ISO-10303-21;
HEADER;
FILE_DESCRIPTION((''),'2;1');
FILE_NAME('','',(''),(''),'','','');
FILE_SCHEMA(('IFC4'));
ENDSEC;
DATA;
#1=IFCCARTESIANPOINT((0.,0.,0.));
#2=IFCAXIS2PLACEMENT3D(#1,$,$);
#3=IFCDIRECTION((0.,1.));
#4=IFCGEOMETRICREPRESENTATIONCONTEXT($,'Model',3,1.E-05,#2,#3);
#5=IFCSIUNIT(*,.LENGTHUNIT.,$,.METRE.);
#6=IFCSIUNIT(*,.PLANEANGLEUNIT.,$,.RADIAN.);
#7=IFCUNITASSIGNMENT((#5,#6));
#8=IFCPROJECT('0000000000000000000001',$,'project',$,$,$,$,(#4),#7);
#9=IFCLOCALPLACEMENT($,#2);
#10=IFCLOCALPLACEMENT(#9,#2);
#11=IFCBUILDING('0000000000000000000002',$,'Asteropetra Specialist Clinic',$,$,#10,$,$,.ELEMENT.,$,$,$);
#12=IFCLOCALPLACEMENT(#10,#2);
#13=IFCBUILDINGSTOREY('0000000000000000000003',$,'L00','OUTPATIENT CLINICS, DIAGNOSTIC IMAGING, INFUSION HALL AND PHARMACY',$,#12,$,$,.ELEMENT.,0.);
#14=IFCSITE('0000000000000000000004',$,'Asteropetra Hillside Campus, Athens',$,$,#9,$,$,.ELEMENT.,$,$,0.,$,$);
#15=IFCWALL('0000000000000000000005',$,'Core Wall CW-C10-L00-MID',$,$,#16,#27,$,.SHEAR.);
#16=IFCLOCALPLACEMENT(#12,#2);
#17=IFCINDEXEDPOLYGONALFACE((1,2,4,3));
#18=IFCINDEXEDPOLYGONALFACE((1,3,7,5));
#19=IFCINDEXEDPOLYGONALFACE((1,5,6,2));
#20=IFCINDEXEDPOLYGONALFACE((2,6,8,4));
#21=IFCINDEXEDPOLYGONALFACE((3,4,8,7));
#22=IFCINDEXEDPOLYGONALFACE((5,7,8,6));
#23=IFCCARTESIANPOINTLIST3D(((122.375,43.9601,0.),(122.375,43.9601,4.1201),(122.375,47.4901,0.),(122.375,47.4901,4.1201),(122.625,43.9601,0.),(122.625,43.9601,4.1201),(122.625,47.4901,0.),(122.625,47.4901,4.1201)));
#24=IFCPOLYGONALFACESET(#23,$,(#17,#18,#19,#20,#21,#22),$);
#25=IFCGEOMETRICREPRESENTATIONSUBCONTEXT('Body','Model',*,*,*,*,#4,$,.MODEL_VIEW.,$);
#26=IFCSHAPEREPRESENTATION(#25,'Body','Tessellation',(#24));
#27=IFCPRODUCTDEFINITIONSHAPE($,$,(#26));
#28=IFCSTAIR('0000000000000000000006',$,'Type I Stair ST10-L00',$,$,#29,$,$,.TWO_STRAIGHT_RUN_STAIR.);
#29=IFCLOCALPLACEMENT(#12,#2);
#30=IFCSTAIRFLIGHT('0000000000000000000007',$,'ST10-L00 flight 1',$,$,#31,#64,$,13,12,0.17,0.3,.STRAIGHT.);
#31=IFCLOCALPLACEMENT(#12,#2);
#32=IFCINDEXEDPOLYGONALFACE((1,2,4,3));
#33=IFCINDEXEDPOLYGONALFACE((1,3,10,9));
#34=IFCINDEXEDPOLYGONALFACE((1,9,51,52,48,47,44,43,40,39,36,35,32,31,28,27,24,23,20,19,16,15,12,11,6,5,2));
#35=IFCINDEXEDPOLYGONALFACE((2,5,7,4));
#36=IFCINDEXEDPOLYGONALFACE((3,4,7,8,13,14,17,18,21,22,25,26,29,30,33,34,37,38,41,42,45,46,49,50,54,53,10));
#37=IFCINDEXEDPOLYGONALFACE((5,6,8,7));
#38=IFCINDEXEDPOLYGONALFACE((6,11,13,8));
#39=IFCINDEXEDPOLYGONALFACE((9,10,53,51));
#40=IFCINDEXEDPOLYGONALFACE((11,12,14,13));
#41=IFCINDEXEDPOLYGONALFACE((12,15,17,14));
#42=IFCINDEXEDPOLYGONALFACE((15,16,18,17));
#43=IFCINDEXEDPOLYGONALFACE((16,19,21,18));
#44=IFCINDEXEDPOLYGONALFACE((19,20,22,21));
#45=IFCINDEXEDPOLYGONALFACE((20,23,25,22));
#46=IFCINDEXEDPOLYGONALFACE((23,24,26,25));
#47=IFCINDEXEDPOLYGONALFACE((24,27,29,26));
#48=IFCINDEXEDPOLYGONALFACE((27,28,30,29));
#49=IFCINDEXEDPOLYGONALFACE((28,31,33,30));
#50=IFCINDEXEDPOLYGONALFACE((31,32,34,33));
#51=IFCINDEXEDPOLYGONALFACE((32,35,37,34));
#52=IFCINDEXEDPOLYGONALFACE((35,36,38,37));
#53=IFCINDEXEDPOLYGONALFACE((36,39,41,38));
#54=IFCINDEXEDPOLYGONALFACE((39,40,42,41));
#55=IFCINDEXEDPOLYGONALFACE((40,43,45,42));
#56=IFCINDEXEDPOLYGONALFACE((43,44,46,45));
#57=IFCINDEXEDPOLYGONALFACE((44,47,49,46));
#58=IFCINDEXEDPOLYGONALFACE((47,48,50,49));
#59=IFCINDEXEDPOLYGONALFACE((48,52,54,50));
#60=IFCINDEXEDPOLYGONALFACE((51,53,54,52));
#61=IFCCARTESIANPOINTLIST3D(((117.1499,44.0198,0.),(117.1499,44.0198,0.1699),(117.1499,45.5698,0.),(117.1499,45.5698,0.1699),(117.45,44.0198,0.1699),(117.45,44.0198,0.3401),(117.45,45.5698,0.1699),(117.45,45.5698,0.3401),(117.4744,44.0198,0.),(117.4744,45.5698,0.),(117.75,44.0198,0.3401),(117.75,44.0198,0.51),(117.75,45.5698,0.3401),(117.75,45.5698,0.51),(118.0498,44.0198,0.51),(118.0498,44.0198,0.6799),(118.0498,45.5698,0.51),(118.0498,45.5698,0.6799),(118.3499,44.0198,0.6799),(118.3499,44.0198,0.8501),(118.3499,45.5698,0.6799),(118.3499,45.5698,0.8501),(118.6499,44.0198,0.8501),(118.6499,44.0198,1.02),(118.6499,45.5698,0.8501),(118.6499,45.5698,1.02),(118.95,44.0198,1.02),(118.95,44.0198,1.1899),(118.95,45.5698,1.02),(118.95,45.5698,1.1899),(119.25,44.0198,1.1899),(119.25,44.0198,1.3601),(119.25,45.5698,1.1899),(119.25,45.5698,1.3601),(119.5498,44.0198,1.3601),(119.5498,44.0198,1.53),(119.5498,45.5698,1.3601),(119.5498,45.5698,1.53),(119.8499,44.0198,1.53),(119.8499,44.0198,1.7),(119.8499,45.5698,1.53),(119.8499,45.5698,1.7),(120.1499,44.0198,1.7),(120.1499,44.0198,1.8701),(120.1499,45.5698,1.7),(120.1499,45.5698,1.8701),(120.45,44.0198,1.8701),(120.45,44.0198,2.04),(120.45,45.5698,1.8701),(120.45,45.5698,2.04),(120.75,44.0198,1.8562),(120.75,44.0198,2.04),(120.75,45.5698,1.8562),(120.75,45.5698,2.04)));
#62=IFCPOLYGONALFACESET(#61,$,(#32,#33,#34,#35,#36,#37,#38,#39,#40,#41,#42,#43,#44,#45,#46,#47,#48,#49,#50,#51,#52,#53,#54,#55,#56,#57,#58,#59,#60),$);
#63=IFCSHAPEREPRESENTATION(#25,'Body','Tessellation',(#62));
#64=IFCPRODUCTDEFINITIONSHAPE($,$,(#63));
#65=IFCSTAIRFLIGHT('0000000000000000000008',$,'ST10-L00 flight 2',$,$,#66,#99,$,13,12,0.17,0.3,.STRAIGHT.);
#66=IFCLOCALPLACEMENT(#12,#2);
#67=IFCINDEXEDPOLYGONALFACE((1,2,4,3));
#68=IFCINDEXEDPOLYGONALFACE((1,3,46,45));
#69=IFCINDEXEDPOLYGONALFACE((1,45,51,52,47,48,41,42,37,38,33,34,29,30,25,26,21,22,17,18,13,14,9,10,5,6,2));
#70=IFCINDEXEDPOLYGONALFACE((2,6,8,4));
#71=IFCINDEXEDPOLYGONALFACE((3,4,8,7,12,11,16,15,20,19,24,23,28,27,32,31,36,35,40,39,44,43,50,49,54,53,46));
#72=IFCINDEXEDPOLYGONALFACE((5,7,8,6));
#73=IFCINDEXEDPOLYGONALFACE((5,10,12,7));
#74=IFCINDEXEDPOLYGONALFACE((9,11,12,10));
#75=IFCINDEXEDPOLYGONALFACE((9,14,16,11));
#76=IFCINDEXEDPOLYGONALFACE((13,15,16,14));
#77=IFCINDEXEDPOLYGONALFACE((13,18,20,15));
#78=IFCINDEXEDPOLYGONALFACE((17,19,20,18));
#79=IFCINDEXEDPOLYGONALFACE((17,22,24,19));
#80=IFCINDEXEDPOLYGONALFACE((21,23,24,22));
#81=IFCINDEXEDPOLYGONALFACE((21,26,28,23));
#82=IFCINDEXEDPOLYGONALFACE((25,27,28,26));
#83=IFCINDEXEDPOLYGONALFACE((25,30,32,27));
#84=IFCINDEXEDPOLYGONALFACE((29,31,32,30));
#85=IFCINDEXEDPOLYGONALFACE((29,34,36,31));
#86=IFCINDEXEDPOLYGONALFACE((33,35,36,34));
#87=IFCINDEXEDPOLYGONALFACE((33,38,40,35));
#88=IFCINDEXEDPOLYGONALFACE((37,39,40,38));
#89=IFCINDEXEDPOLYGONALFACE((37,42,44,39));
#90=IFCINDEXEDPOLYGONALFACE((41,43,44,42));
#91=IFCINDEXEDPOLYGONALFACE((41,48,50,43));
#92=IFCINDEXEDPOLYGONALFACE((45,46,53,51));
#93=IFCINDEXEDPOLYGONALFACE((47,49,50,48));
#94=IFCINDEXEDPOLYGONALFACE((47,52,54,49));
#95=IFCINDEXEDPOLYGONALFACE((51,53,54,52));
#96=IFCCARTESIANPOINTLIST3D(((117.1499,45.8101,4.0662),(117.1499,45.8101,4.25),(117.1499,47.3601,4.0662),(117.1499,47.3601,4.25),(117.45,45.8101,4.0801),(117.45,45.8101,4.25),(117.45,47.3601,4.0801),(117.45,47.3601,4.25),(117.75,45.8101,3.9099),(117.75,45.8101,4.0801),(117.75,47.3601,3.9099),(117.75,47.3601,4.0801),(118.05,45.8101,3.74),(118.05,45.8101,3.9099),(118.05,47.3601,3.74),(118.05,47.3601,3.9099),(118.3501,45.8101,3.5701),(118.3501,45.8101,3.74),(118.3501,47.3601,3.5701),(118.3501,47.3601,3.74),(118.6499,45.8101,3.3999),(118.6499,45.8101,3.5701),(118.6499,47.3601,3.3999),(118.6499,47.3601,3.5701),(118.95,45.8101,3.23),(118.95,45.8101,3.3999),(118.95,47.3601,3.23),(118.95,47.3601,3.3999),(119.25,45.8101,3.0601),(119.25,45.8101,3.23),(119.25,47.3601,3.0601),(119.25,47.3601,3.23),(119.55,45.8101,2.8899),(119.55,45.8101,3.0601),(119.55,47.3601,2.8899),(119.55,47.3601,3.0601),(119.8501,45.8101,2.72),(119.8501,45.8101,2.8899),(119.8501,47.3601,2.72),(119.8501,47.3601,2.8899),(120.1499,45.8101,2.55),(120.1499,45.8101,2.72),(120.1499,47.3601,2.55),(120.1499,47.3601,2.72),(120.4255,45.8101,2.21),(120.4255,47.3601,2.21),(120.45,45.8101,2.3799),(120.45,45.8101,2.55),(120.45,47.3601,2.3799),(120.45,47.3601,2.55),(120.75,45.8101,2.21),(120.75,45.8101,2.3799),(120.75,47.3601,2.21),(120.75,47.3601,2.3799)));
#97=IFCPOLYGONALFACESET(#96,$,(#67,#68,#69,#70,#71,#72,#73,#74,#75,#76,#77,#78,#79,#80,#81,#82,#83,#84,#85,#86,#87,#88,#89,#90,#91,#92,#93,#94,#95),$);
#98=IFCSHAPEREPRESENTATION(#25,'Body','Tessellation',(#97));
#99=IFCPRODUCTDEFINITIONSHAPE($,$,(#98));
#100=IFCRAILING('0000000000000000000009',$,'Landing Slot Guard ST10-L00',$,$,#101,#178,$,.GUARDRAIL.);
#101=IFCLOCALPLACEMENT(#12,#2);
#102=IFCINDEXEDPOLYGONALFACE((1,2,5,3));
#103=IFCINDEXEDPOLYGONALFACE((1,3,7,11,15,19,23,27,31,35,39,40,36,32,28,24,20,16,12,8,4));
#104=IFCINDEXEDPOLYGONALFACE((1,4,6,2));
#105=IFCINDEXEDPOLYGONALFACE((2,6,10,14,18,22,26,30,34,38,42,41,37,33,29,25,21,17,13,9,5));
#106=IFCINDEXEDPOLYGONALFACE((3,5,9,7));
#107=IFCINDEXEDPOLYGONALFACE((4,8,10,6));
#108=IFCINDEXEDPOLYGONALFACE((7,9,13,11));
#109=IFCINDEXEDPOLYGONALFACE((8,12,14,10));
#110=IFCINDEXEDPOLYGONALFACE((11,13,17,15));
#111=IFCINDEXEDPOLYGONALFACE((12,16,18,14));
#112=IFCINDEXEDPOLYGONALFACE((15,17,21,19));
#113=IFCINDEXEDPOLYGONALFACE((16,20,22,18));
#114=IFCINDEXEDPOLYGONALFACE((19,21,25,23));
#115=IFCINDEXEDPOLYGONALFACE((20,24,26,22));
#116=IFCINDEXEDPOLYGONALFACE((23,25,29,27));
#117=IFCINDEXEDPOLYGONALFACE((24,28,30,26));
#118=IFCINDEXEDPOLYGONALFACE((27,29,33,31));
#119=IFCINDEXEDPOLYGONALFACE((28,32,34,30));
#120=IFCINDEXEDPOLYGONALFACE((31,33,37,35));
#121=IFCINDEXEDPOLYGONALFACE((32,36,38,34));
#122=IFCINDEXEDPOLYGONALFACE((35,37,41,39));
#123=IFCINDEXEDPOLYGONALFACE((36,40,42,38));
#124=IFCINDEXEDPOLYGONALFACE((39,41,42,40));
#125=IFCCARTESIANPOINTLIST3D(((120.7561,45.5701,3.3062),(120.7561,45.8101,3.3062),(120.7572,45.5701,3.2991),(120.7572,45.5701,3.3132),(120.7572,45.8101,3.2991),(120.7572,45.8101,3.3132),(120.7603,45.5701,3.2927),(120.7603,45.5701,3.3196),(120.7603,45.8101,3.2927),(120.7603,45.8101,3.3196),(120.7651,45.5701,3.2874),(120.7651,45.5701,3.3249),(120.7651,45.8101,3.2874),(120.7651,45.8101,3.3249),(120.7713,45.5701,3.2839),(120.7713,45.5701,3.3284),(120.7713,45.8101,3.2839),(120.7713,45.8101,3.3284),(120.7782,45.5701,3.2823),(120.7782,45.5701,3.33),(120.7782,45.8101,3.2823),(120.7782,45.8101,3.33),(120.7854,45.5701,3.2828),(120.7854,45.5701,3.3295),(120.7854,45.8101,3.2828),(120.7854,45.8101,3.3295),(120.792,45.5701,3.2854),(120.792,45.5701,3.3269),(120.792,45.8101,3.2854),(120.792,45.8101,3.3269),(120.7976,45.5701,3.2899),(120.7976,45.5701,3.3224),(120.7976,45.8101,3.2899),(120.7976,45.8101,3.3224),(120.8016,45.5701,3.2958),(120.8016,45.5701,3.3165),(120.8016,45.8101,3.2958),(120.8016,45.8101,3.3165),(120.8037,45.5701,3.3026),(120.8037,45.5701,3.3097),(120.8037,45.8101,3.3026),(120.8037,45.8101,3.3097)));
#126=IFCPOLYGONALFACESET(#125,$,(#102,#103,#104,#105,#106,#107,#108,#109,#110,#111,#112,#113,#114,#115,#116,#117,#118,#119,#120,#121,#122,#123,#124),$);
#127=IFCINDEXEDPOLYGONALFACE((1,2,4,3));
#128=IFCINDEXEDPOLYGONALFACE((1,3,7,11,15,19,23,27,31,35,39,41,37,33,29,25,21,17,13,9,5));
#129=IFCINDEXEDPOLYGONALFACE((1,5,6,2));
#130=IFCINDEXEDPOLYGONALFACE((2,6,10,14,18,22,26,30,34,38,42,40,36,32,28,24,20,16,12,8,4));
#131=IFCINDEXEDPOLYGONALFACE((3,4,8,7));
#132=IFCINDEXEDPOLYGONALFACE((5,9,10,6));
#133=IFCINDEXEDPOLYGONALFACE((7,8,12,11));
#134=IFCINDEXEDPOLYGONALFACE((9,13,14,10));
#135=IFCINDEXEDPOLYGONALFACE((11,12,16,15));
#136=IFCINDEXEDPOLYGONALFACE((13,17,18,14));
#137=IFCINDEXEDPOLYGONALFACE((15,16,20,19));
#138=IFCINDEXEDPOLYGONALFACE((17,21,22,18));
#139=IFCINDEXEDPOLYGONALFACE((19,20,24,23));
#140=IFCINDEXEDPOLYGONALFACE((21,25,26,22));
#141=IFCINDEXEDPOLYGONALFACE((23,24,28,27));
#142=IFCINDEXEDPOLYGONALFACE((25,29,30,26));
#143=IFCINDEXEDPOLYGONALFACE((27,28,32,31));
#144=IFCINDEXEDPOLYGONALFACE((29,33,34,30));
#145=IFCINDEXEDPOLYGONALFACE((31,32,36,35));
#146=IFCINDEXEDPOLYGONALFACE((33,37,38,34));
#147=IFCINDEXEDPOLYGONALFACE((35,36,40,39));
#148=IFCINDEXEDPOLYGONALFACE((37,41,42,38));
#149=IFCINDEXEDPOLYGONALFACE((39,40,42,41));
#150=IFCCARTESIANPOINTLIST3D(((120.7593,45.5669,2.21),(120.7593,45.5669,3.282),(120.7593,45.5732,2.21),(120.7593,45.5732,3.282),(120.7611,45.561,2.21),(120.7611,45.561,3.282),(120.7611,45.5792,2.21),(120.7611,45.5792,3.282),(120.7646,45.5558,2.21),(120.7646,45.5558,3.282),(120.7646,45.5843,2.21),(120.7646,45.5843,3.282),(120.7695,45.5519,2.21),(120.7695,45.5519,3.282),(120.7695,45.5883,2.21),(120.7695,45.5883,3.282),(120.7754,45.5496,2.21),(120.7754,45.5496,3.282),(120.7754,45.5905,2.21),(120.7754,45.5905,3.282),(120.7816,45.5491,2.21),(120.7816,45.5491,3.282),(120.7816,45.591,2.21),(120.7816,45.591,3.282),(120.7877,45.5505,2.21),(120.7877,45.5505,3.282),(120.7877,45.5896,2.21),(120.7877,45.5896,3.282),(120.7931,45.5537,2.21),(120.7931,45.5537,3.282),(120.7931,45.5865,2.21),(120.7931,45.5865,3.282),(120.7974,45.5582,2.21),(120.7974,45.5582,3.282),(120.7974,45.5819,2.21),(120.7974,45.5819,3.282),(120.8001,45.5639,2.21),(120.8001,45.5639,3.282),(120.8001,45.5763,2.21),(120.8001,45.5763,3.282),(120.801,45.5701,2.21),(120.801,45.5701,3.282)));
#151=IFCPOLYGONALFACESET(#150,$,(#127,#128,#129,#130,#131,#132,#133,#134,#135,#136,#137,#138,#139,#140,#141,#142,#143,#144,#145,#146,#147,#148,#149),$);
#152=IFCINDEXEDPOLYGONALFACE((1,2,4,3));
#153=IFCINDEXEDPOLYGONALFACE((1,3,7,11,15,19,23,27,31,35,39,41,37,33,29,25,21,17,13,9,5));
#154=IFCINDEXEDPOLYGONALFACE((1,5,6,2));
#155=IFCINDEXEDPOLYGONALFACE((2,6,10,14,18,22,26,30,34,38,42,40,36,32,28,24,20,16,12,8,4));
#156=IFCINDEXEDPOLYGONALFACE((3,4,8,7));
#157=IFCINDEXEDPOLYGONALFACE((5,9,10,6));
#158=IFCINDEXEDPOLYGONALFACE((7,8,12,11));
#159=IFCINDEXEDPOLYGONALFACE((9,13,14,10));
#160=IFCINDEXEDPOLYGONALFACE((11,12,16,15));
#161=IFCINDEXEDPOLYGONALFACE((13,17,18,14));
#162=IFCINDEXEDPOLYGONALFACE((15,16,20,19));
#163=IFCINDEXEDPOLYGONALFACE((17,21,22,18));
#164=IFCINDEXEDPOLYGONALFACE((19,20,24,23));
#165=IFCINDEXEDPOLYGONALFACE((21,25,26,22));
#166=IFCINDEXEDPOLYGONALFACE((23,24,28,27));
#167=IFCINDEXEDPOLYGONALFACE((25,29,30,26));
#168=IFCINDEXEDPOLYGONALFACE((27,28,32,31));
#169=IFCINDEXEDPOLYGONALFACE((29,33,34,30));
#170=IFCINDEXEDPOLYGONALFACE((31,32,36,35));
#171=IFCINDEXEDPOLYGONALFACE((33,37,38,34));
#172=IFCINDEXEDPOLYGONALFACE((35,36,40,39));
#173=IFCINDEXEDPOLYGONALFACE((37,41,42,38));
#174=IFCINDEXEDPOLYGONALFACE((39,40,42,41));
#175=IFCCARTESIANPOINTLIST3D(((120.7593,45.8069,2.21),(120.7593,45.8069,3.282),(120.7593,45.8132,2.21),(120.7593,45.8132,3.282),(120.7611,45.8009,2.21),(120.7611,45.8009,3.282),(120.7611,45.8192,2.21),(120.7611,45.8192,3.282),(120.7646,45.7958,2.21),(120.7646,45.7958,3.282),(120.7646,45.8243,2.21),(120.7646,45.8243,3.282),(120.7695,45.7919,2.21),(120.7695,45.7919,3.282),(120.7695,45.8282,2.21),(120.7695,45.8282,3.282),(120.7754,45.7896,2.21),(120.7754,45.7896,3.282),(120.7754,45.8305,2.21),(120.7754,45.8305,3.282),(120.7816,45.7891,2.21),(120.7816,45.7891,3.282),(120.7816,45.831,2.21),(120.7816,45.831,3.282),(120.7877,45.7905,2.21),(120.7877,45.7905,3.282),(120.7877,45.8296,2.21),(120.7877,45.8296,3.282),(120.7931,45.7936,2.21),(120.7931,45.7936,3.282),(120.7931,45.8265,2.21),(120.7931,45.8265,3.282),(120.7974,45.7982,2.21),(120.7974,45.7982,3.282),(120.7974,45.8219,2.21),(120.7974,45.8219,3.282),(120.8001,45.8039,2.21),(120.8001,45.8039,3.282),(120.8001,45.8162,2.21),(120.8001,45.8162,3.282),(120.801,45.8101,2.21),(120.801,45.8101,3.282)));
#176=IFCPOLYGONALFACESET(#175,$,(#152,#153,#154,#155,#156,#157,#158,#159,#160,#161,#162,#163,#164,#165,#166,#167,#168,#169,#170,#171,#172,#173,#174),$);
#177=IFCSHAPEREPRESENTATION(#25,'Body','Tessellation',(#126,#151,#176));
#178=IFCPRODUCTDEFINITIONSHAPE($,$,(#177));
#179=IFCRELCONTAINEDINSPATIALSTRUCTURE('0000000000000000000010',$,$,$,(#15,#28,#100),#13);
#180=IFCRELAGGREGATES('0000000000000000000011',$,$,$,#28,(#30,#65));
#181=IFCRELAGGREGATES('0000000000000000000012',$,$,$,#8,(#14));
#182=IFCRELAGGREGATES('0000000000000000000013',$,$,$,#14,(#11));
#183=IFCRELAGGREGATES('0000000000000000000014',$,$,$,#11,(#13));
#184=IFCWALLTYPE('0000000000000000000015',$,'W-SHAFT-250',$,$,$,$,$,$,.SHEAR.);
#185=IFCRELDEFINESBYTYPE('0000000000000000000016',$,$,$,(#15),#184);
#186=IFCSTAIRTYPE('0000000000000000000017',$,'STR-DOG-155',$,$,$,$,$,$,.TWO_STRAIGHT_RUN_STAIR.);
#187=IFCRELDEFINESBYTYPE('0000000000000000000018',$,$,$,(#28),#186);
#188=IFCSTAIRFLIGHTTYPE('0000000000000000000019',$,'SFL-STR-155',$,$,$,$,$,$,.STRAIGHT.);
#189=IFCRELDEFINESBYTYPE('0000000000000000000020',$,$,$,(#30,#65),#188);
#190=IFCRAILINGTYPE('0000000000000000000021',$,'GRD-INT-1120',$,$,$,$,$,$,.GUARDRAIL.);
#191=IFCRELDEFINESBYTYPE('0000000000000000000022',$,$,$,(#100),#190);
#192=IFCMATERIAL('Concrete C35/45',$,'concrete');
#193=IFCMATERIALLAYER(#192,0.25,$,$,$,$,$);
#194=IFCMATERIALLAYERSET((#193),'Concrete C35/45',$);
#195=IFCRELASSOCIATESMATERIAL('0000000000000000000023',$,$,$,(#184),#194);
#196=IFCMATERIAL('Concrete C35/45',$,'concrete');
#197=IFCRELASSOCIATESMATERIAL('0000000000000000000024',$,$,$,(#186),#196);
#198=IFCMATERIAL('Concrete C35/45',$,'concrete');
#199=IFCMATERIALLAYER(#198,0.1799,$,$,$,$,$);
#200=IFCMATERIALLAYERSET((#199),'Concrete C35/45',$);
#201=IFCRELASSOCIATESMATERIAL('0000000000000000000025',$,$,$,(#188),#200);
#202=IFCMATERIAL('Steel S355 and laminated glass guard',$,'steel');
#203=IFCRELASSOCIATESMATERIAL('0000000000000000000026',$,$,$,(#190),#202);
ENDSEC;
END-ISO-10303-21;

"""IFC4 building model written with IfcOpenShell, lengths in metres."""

from ifc_helpers import new_model, si_unit, direction, frame, frame_2d, origin, origin_2d, place, context, subcontext, project, spatial, polyline, rectangle, circle, outline, extrude, material, layer, layer_set, type_object, element, aggregate, save


model = new_model("IFC4")

# Units and contexts
model_context = context("Model", 3, precision=1e-05, world=origin(), true_north=direction((0.0, 1.0)))
body_context = subcontext(model_context, "Body", "Model", "MODEL_VIEW")
ifc_project = project(units=[si_unit("LENGTHUNIT", "METRE"), si_unit("PLANEANGLEUNIT", "RADIAN")], contexts=[model_context])

# Site, building, storey
site_placement = place(None, origin())
site = spatial("IfcSite", under=ifc_project, at=site_placement, Name="Asteropetra Hillside Campus, Athens", CompositionType="ELEMENT", RefElevation=0.0)
building_placement = place(site_placement, origin())
building = spatial("IfcBuilding", under=site, at=building_placement, Name="Asteropetra Specialist Clinic", CompositionType="ELEMENT")
storey_placement = place(building_placement, origin())
storey = spatial("IfcBuildingStorey", under=building, at=storey_placement, Name="L00", Description="OUTPATIENT CLINICS, DIAGNOSTIC IMAGING, INFUSION HALL AND PHARMACY", CompositionType="ELEMENT", Elevation=0.0)

# Wall
ifc_material_1 = material(Name="Concrete C35/45", Category="concrete")
ifc_layer_1 = layer(ifc_material_1, 0.25)
ifc_layer_set_1 = layer_set([ifc_layer_1], Name="Concrete C35/45")
wall_type_1 = type_object("IfcWallType", Name="W-SHAFT-250", PredefinedType="SHEAR", material=ifc_layer_set_1)
wall_1_placement = place(storey_placement, frame((122.5, 43.96, 0.0), z_axis=(0.0, 0.0, 1.0), x_axis=(0.0, 1.0, 0.0)))
element("IfcWall", 1, at=wall_1_placement, inside=storey, type_object=wall_type_1, Name="Core Wall CW-C10-L00-MID", PredefinedType="SHEAR", context=body_context, shape_type="SweptSolid", body=[
    extrude(rectangle(XDim=3.53, YDim=0.25, at=frame_2d((1.7651, 0.0))), origin(), (0.0, 0.0, 1.0), 4.1201),
])

# Stair, stair flights
ifc_material_2 = material(Name="Concrete C35/45", Category="concrete")
stair_type = type_object("IfcStairType", Name="STR-DOG-155", PredefinedType="TWO_STRAIGHT_RUN_STAIR", material=ifc_material_2)
stair_placement = place(storey_placement, origin())
stair = element("IfcStair", 2, at=stair_placement, inside=storey, type_object=stair_type, Name="Type I Stair ST10-L00", PredefinedType="TWO_STRAIGHT_RUN_STAIR")
ifc_material_3 = material(Name="Concrete C35/45", Category="concrete")
ifc_layer_2 = layer(ifc_material_3, 0.1799)
ifc_layer_set_2 = layer_set([ifc_layer_2], Name="Concrete C35/45")
stair_flight_type = type_object("IfcStairFlightType", Name="SFL-STR-155", PredefinedType="STRAIGHT", material=ifc_layer_set_2)
stair_flight_1_placement = place(storey_placement, frame((117.1499, 44.7949, 0.0), z_axis=(0.0, 0.0, 1.0), x_axis=(1.0, 0.0, 0.0)))
stair_flight_1 = element("IfcStairFlight", 3, at=stair_flight_1_placement, type_object=stair_flight_type, Name="ST10-L00 flight 1", NumberOfRisers=13, NumberOfTreads=12, PredefinedType="STRAIGHT", RiserHeight=0.17, TreadLength=0.3, context=body_context, shape_type="SweptSolid", body=[
    extrude(outline(polyline([(0.0, 0.0), (0.0, 0.1699), (0.3, 0.1699), (0.3, 0.3401), (0.6001, 0.3401), (0.6001, 0.51), (0.8999, 0.51), (0.8999, 0.6799), (1.2, 0.6799), (1.2, 0.8501), (1.5, 0.8501), (1.5, 1.02), (1.8, 1.02), (1.8, 1.1899), (2.1001, 1.1899), (2.1001, 1.3601), (2.3999, 1.3601), (2.3999, 1.53), (2.7, 1.53), (2.7, 1.7), (3.0, 1.7), (3.0, 1.8701), (3.3, 1.8701), (3.3, 2.04), (3.6001, 2.04), (3.6001, 2.21), (3.6001, 1.8562), (0.3245, 0.0), (0.0, 0.0)])), frame((0.0, 0.7749, 0.0), z_axis=(0.0, -1.0, 0.0), x_axis=(1.0, 0.0, 0.0)), (0.0, 0.0, 1.0), 1.55),
])
stair_flight_2_placement = place(storey_placement, frame((120.75, 46.585, 2.21), z_axis=(0.0, 0.0, 1.0), x_axis=(-1.0, 0.0, 0.0)))
stair_flight_2 = element("IfcStairFlight", 4, at=stair_flight_2_placement, type_object=stair_flight_type, Name="ST10-L00 flight 2", NumberOfRisers=13, NumberOfTreads=12, PredefinedType="STRAIGHT", RiserHeight=0.17, TreadLength=0.3, context=body_context, shape_type="SweptSolid", body=[
    extrude(outline(polyline([(0.0, 0.0), (0.0, 0.1699), (0.3, 0.1699), (0.3, 0.3401), (0.6001, 0.3401), (0.6001, 0.51), (0.8999, 0.51), (0.8999, 0.6799), (1.2, 0.6799), (1.2, 0.8501), (1.5, 0.8501), (1.5, 1.02), (1.8, 1.02), (1.8, 1.1899), (2.1001, 1.1899), (2.1001, 1.3601), (2.3999, 1.3601), (2.3999, 1.53), (2.7, 1.53), (2.7, 1.7), (3.0, 1.7), (3.0, 1.8701), (3.3, 1.8701), (3.3, 2.04), (3.6001, 2.04), (3.6001, 2.21), (3.6001, 1.8562), (0.3245, 0.0), (0.0, 0.0)])), frame((0.0, 0.7749, 0.0), z_axis=(0.0, -1.0, 0.0), x_axis=(1.0, 0.0, 0.0)), (0.0, 0.0, 1.0), 1.55),
])
aggregate(stair, [stair_flight_1, stair_flight_2])

# Railing
ifc_material_4 = material(Name="Steel S355 and laminated glass guard", Category="steel")
railing_type_1 = type_object("IfcRailingType", Name="GRD-INT-1120", PredefinedType="GUARDRAIL", material=ifc_material_4)
railing_1_placement = place(storey_placement, frame((120.78, 45.5701, 2.21)))
element("IfcRailing", 5, at=railing_1_placement, inside=storey, type_object=railing_type_1, Name="Landing Slot Guard ST10-L00", PredefinedType="GUARDRAIL", context=body_context, shape_type="SweptSolid", body=[
    extrude(circle(Radius=0.0239, at=origin_2d()), frame((0.0, 0.0, 1.0962), z_axis=(0.0, 1.0, 0.0), x_axis=(-1.0, 0.0, 0.0)), (0.0, 0.0, 1.0), 0.24),
    extrude(circle(Radius=0.021, at=origin_2d()), origin(), (0.0, 0.0, 1.0), 1.072),
    extrude(circle(Radius=0.021, at=origin_2d()), frame((0.0, 0.24, 0.0)), (0.0, 0.0, 1.0), 1.072),
])

save(model, "model.ifc")
